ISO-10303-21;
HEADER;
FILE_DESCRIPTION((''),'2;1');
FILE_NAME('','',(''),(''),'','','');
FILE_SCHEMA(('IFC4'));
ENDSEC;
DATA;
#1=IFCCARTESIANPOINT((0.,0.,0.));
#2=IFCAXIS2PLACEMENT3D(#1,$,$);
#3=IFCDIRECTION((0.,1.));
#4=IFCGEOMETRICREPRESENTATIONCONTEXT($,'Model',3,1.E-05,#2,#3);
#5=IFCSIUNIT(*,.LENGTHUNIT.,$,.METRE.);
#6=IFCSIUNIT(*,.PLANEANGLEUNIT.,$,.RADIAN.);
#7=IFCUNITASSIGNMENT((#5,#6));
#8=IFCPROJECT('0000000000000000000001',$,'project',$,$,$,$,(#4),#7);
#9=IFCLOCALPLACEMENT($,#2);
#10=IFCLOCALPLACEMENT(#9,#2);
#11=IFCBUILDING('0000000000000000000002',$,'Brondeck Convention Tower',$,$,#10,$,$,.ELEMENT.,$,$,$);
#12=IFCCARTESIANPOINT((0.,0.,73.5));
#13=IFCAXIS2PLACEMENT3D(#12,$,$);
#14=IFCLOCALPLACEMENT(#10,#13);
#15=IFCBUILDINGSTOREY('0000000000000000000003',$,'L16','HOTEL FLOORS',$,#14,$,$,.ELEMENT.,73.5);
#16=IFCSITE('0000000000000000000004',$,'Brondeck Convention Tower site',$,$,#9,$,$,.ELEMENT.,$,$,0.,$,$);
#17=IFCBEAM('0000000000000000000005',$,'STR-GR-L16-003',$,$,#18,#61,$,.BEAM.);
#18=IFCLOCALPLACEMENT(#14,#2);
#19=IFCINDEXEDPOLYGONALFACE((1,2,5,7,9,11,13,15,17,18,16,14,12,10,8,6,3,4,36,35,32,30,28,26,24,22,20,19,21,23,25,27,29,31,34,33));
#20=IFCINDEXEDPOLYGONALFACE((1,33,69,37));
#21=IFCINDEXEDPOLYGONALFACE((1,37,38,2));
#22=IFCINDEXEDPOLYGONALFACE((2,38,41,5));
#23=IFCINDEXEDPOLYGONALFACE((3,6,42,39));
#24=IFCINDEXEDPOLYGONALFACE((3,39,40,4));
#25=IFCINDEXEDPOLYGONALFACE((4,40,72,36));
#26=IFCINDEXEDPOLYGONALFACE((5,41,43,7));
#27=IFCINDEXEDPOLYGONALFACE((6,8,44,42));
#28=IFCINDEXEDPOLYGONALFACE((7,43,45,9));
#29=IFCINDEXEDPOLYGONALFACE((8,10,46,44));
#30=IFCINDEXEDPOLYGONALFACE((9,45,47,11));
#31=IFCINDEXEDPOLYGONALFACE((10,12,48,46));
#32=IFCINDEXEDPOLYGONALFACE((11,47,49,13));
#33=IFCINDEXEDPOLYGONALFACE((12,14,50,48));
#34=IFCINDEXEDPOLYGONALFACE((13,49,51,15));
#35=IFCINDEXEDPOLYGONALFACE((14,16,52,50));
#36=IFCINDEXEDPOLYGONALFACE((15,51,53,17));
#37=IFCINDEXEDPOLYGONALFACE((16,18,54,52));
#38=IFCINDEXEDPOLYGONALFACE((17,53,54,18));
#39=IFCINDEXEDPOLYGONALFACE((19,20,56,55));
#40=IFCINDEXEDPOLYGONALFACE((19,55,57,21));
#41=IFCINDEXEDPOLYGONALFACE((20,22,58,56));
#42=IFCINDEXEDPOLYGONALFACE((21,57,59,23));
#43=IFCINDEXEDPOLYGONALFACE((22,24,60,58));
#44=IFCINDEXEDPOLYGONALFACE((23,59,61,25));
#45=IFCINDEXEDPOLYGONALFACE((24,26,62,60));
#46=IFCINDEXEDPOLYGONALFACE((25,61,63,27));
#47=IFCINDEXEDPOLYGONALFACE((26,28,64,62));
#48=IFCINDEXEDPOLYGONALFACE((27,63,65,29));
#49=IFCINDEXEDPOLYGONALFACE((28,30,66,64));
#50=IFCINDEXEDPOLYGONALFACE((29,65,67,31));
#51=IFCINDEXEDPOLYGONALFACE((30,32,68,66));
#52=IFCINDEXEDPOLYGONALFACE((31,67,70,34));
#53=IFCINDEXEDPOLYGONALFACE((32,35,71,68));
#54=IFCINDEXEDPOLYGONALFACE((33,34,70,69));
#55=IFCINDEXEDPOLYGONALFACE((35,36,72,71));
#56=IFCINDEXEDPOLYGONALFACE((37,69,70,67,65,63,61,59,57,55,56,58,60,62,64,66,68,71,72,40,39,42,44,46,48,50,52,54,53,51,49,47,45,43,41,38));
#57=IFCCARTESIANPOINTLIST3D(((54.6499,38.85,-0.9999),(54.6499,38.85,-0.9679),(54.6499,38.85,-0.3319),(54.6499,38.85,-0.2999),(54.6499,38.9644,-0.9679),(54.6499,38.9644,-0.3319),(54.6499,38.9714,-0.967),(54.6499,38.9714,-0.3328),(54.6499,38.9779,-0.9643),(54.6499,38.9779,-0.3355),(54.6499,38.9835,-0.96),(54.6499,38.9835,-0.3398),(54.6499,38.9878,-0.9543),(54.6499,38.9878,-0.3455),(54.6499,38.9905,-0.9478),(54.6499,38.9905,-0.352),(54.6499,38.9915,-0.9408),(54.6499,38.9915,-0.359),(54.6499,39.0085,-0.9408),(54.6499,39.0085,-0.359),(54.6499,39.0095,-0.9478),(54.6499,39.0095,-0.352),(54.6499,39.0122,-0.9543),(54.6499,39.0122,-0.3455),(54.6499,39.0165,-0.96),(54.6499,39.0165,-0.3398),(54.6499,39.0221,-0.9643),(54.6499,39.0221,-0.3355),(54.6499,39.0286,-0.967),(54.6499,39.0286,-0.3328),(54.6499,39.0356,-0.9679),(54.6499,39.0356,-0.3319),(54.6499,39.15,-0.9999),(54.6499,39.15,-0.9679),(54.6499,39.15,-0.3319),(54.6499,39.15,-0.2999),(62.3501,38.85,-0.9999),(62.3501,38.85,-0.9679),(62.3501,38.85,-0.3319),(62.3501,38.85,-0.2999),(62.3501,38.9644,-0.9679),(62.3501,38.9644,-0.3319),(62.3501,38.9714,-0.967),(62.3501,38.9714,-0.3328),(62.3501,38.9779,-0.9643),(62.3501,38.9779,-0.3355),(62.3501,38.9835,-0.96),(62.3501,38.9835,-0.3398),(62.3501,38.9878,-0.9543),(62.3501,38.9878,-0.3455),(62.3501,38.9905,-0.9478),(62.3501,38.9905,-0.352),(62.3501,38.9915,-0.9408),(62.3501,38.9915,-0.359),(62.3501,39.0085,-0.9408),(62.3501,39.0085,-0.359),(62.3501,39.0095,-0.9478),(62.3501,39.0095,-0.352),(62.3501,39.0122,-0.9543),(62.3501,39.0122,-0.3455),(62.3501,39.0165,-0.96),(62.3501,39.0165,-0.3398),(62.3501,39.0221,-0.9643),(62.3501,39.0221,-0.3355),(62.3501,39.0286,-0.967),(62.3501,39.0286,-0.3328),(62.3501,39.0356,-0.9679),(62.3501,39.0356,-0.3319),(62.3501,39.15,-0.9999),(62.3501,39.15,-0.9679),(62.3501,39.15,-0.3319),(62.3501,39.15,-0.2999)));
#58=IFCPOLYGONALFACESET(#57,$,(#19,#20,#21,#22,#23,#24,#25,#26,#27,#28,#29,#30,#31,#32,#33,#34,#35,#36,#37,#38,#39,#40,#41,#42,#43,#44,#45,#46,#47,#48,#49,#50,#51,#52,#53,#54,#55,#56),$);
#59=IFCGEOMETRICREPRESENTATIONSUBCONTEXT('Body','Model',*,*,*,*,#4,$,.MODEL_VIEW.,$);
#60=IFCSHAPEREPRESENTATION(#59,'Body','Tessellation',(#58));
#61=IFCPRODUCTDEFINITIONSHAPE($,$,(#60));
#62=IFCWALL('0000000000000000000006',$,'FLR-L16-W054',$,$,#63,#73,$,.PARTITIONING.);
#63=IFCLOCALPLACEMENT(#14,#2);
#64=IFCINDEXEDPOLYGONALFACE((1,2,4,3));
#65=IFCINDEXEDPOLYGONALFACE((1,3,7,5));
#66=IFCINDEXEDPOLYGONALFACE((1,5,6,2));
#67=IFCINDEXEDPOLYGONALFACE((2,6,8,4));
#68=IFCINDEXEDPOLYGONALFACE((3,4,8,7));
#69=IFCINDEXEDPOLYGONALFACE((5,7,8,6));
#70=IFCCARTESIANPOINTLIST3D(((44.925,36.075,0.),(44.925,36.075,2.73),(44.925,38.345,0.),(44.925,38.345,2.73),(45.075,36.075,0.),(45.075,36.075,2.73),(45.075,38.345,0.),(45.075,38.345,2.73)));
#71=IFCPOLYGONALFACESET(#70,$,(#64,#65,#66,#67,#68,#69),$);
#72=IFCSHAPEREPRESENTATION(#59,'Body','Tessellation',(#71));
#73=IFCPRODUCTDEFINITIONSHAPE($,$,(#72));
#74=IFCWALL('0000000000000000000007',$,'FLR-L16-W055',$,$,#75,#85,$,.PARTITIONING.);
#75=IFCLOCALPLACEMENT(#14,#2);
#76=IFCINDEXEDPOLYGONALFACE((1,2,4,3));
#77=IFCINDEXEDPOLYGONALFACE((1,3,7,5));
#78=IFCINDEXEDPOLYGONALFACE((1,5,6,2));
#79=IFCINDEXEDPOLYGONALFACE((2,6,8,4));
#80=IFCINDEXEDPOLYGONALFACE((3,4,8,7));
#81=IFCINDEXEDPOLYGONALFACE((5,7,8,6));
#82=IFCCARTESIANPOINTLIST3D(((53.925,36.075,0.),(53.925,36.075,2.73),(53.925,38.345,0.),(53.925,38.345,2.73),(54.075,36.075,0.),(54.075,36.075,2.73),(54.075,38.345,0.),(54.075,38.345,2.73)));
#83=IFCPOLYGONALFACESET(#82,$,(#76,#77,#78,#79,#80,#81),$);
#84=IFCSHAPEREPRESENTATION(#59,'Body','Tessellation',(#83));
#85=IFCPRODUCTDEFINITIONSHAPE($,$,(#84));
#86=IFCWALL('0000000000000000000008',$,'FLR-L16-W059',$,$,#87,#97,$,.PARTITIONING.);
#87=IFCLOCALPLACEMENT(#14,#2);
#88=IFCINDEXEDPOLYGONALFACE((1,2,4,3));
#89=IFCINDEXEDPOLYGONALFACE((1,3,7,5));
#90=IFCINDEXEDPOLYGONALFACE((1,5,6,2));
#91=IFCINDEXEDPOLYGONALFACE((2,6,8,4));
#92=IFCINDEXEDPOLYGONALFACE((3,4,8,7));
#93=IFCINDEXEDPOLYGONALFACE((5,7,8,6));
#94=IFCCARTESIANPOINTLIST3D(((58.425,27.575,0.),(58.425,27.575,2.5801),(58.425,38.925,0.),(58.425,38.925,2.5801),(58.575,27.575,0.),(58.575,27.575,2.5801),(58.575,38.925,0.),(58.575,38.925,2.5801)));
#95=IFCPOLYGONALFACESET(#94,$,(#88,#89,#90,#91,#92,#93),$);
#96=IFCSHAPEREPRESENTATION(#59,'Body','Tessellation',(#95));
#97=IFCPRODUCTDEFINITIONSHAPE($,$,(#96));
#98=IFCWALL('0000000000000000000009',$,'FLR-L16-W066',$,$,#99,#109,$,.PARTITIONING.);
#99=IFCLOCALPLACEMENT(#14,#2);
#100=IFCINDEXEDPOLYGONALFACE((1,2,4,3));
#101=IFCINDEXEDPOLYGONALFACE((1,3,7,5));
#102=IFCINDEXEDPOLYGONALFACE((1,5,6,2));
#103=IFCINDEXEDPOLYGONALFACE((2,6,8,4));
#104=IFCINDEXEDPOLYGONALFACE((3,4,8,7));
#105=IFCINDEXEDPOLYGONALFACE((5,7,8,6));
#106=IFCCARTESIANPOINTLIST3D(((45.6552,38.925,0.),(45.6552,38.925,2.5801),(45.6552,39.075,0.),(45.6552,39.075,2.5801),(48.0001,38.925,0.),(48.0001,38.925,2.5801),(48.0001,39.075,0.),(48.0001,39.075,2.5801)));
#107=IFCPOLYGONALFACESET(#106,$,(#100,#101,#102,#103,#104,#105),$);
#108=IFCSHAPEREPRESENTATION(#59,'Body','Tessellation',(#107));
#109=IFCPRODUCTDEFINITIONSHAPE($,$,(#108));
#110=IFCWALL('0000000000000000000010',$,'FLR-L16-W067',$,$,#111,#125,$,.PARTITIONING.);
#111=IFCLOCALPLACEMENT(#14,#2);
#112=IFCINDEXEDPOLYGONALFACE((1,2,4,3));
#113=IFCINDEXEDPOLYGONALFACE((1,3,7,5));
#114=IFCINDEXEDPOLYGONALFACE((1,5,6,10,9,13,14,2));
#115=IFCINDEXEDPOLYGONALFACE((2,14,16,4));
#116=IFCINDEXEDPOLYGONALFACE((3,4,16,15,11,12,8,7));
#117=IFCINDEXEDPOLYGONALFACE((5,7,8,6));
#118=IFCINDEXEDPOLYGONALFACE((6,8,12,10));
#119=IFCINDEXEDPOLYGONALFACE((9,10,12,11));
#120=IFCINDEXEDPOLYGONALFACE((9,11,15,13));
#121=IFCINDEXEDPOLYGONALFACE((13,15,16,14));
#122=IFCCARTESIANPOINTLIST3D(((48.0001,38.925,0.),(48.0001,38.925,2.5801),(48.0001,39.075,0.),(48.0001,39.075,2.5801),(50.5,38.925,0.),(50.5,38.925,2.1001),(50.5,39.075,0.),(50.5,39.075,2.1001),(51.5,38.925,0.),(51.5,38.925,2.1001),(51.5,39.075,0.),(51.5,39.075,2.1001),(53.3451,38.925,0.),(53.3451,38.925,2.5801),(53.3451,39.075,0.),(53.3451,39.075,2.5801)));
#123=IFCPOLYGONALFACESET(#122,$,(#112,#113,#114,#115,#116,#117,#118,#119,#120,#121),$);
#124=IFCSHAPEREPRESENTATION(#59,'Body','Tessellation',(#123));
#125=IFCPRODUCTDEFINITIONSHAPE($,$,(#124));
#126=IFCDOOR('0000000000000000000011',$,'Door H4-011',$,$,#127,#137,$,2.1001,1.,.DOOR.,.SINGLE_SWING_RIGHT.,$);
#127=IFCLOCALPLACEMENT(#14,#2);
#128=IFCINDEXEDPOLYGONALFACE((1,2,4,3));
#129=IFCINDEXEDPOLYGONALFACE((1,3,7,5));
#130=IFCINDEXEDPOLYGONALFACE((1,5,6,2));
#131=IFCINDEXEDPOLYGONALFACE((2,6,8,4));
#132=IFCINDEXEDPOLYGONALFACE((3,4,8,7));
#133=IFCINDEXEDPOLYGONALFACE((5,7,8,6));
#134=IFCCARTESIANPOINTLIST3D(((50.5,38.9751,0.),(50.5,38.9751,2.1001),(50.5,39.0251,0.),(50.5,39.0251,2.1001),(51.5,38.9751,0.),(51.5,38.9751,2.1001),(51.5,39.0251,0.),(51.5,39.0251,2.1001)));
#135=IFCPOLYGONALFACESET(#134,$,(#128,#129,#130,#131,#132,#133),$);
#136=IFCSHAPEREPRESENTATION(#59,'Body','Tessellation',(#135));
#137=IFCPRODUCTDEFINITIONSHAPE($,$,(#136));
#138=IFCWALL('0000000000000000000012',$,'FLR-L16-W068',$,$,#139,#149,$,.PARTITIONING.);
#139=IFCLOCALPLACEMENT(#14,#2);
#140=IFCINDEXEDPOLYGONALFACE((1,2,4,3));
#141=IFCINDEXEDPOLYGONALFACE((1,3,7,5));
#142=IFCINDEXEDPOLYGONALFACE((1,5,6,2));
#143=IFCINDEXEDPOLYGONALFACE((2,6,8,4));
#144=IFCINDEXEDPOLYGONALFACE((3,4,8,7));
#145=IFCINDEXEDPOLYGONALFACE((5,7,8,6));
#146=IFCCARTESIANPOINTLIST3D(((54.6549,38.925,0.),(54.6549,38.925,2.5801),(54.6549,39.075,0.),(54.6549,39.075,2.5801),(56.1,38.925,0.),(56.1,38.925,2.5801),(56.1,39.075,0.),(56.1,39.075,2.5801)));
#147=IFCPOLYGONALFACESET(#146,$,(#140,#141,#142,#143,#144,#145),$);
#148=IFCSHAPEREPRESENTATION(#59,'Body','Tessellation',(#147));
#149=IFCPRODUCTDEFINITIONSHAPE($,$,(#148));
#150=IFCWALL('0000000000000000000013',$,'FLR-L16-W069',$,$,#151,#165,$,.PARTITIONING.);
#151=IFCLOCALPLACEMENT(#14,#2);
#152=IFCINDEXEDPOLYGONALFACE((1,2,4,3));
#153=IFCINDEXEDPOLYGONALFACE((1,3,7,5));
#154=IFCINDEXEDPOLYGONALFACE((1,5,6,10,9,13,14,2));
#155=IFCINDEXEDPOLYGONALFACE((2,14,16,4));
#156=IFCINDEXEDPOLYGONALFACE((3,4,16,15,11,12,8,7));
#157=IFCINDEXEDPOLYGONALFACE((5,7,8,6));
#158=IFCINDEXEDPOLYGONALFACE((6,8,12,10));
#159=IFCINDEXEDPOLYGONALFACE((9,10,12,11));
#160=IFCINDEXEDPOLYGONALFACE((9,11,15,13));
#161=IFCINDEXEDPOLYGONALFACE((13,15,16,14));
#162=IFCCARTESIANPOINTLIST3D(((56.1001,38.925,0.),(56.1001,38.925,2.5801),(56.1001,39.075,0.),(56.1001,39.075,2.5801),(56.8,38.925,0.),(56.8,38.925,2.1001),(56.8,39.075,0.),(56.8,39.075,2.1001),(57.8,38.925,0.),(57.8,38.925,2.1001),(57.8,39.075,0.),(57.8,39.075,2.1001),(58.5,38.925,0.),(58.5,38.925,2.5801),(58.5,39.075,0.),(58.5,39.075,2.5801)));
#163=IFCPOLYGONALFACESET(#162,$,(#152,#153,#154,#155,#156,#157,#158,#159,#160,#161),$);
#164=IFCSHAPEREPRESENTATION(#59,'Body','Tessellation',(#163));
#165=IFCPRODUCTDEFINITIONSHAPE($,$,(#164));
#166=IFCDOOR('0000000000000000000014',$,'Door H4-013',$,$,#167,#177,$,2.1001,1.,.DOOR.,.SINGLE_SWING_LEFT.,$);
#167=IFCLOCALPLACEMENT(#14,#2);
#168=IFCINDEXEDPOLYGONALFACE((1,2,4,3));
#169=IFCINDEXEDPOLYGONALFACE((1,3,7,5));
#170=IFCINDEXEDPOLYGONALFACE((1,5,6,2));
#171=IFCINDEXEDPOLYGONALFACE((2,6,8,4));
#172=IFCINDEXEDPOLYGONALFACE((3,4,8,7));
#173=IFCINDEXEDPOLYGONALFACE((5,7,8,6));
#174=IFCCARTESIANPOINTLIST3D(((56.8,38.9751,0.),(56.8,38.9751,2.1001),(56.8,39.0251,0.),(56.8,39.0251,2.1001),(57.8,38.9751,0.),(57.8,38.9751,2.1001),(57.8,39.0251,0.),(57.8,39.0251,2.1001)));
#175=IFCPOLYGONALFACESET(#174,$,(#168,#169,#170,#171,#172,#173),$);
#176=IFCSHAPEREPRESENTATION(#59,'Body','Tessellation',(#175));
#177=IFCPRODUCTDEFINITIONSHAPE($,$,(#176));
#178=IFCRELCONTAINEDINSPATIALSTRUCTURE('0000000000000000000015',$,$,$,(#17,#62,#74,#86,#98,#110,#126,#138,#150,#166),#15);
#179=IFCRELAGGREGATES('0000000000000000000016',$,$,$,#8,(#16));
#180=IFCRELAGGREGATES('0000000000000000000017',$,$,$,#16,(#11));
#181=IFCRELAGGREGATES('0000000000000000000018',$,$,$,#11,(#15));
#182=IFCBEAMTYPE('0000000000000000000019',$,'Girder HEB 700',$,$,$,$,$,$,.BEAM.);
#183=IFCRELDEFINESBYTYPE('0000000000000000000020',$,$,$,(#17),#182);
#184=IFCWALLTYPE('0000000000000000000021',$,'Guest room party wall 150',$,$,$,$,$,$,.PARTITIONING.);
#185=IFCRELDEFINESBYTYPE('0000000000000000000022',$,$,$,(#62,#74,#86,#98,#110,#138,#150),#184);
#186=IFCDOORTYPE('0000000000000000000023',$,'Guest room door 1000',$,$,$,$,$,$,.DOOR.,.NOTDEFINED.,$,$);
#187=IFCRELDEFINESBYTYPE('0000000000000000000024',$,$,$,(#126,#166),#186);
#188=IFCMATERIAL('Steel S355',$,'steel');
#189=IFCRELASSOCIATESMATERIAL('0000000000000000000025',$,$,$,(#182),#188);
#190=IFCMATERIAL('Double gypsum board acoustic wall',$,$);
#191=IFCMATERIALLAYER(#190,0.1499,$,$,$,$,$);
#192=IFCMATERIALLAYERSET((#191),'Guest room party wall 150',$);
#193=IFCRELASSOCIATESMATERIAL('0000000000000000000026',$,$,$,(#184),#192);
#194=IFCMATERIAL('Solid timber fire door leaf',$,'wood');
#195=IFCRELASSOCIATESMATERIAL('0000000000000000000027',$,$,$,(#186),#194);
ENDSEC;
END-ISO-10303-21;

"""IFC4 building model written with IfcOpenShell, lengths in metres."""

from ifc_helpers import new_model, si_unit, direction, frame, frame_2d, origin, origin_2d, place, context, subcontext, project, spatial, rectangle, i_section, extrude, material, layer, layer_set, material_profile, profile_set, type_object, element, fill, save


model = new_model("IFC4")

# Units and contexts
model_context = context("Model", 3, precision=1e-05, world=origin(), true_north=direction((0.0, 1.0)))
body_context = subcontext(model_context, "Body", "Model", "MODEL_VIEW")
ifc_project = project(units=[si_unit("LENGTHUNIT", "METRE"), si_unit("PLANEANGLEUNIT", "RADIAN")], contexts=[model_context])

# Site, building, storey
site_placement = place(None, origin())
site = spatial("IfcSite", under=ifc_project, at=site_placement, Name="Brondeck Convention Tower site", CompositionType="ELEMENT", RefElevation=0.0)
building_placement = place(site_placement, origin())
building = spatial("IfcBuilding", under=site, at=building_placement, Name="Brondeck Convention Tower", CompositionType="ELEMENT")
storey_placement = place(building_placement, frame((0.0, 0.0, 73.5)))
storey = spatial("IfcBuildingStorey", under=building, at=storey_placement, Name="L16", Description="HOTEL FLOORS", CompositionType="ELEMENT", Elevation=73.5)

# Beam
ifc_material_1 = material(Name="Steel S355", Category="steel")
ifc_material_profile_1 = material_profile(ifc_material_1, i_section(OverallWidth=0.3, OverallDepth=0.7, WebThickness=0.0171, FlangeThickness=0.032, FilletRadius=0.0271, at=origin_2d()), Name="HEB 700")
ifc_profile_set_1 = profile_set([ifc_material_profile_1], Name="Steel S355")
beam_type_1 = type_object("IfcBeamType", Name="Girder HEB 700", PredefinedType="BEAM", material=ifc_profile_set_1)
for number, where, z_axis, x_axis, name in (
    (1, (54.6499, 39.0, -0.6499), (1.0, 0.0, 0.0), (0.0, 1.0, 0.0), "STR-GR-L16-003"),
):
    element("IfcBeam", number, at=place(storey_placement, frame(where, z_axis=z_axis, x_axis=x_axis)), inside=storey, type_object=beam_type_1, Name=name, PredefinedType="BEAM", context=body_context, shape_type="SweptSolid", body=[
        extrude(i_section(OverallWidth=0.3, OverallDepth=0.7, WebThickness=0.0171, FlangeThickness=0.032, FilletRadius=0.0271, at=origin_2d()), origin(), (0.0, 0.0, 1.0), 7.7002),
    ])

# Walls
ifc_material_2 = material(Name="Double gypsum board acoustic wall")
ifc_layer_1 = layer(ifc_material_2, 0.1499)
ifc_layer_set_1 = layer_set([ifc_layer_1], Name="Guest room party wall 150")
wall_type_1 = type_object("IfcWallType", Name="Guest room party wall 150", PredefinedType="PARTITIONING", material=ifc_layer_set_1)
for number, where, z_axis, x_axis, name in (
    (2, (45.0, 38.345, 0.0), (0.0, 0.0, 1.0), (0.0, -1.0, 0.0), "FLR-L16-W054"),
    (3, (54.0, 38.345, 0.0), (0.0, 0.0, 1.0), (0.0, -1.0, 0.0), "FLR-L16-W055"),
):
    element("IfcWall", number, at=place(storey_placement, frame(where, z_axis=z_axis, x_axis=x_axis)), inside=storey, type_object=wall_type_1, Name=name, PredefinedType="PARTITIONING", context=body_context, shape_type="SweptSolid", body=[
        extrude(rectangle(XDim=2.27, YDim=0.1499, at=frame_2d((1.135, 0.0))), origin(), (0.0, 0.0, 1.0), 2.73),
    ])
wall_1_placement = place(storey_placement, frame((58.5, 38.925, 0.0), z_axis=(0.0, 0.0, 1.0), x_axis=(0.0, -1.0, 0.0)))
element("IfcWall", 4, at=wall_1_placement, inside=storey, type_object=wall_type_1, Name="FLR-L16-W059", PredefinedType="PARTITIONING", context=body_context, shape_type="SweptSolid", body=[
    extrude(rectangle(XDim=11.3501, YDim=0.1499, at=frame_2d((5.675, 0.0))), origin(), (0.0, 0.0, 1.0), 2.5801),
])
wall_2_placement = place(storey_placement, frame((48.0, 39.0, 0.0), z_axis=(0.0, 0.0, 1.0), x_axis=(-1.0, 0.0, 0.0)))
element("IfcWall", 5, at=wall_2_placement, inside=storey, type_object=wall_type_1, Name="FLR-L16-W066", PredefinedType="PARTITIONING", context=body_context, shape_type="SweptSolid", body=[
    extrude(rectangle(XDim=2.345, YDim=0.1499, at=frame_2d((1.1724, 0.0))), origin(), (0.0, 0.0, 1.0), 2.5801),
])

# Wall, opening, door
wall_3_placement = place(storey_placement, frame((53.345, 39.0, 0.0), z_axis=(0.0, 0.0, 1.0), x_axis=(-1.0, 0.0, 0.0)))
wall_3 = element("IfcWall", 6, at=wall_3_placement, inside=storey, type_object=wall_type_1, Name="FLR-L16-W067", PredefinedType="PARTITIONING", context=body_context, shape_type="SweptSolid", body=[
    extrude(rectangle(XDim=5.345, YDim=0.1499, at=frame_2d((2.6724, 0.0))), origin(), (0.0, 0.0, 1.0), 2.5801),
])
opening_1_placement = place(wall_3_placement, frame((1.845, 0.0, 0.0)))
opening_1 = element("IfcOpeningElement", 7, at=opening_1_placement, cuts=wall_3, PredefinedType="OPENING", context=body_context, shape_type="SweptSolid", body=[
    extrude(rectangle(XDim=1.0, YDim=2.1001, at=frame_2d((0.5, 1.05))), frame((0.0, 0.085, 0.0), z_axis=(0.0, -1.0, 0.0), x_axis=(1.0, 0.0, 0.0)), (0.0, 0.0, 1.0), 0.1699),
])
ifc_material_3 = material(Name="Solid timber fire door leaf", Category="wood")
door_type = type_object("IfcDoorType", Name="Guest room door 1000", OperationType="NOTDEFINED", PredefinedType="DOOR", material=ifc_material_3)
door_1_placement = place(opening_1_placement, origin())
door_1 = element("IfcDoor", 8, at=door_1_placement, inside=storey, type_object=door_type, Name="Door H4-011", OperationType="SINGLE_SWING_RIGHT", OverallHeight=2.1001, OverallWidth=1.0, PredefinedType="DOOR", context=body_context, shape_type="SweptSolid", body=[
    extrude(rectangle(XDim=1.0, YDim=2.1001, at=frame_2d((0.5, 1.05))), frame((0.0, 0.0249, 0.0), z_axis=(0.0, -1.0, 0.0), x_axis=(1.0, 0.0, 0.0)), (0.0, 0.0, 1.0), 0.05),
])
fill(opening_1, door_1)

# Wall
wall_4_placement = place(storey_placement, frame((56.1001, 39.0, 0.0), z_axis=(0.0, 0.0, 1.0), x_axis=(-1.0, 0.0, 0.0)))
element("IfcWall", 9, at=wall_4_placement, inside=storey, type_object=wall_type_1, Name="FLR-L16-W068", PredefinedType="PARTITIONING", context=body_context, shape_type="SweptSolid", body=[
    extrude(rectangle(XDim=1.4451, YDim=0.1499, at=frame_2d((0.7227, 0.0))), origin(), (0.0, 0.0, 1.0), 2.5801),
])

# Wall, opening, door
wall_5_placement = place(storey_placement, frame((58.5, 39.0, 0.0), z_axis=(0.0, 0.0, 1.0), x_axis=(-1.0, 0.0, 0.0)))
wall_5 = element("IfcWall", 10, at=wall_5_placement, inside=storey, type_object=wall_type_1, Name="FLR-L16-W069", PredefinedType="PARTITIONING", context=body_context, shape_type="SweptSolid", body=[
    extrude(rectangle(XDim=2.3999, YDim=0.1499, at=frame_2d((1.2, 0.0))), origin(), (0.0, 0.0, 1.0), 2.5801),
])
opening_2_placement = place(wall_5_placement, frame((0.7, 0.0, 0.0)))
opening_2 = element("IfcOpeningElement", 11, at=opening_2_placement, cuts=wall_5, PredefinedType="OPENING", context=body_context, shape_type="SweptSolid", body=[
    extrude(rectangle(XDim=1.0, YDim=2.1001, at=frame_2d((0.5, 1.05))), frame((0.0, 0.085, 0.0), z_axis=(0.0, -1.0, 0.0), x_axis=(1.0, 0.0, 0.0)), (0.0, 0.0, 1.0), 0.1699),
])
door_2_placement = place(opening_2_placement, origin())
door_2 = element("IfcDoor", 12, at=door_2_placement, inside=storey, type_object=door_type, Name="Door H4-013", OperationType="SINGLE_SWING_LEFT", OverallHeight=2.1001, OverallWidth=1.0, PredefinedType="DOOR", context=body_context, shape_type="SweptSolid", body=[
    extrude(rectangle(XDim=1.0, YDim=2.1001, at=frame_2d((0.5, 1.05))), frame((0.0, 0.0249, 0.0), z_axis=(0.0, -1.0, 0.0), x_axis=(1.0, 0.0, 0.0)), (0.0, 0.0, 1.0), 0.05),
])
fill(opening_2, door_2)

save(model, "model.ifc")
